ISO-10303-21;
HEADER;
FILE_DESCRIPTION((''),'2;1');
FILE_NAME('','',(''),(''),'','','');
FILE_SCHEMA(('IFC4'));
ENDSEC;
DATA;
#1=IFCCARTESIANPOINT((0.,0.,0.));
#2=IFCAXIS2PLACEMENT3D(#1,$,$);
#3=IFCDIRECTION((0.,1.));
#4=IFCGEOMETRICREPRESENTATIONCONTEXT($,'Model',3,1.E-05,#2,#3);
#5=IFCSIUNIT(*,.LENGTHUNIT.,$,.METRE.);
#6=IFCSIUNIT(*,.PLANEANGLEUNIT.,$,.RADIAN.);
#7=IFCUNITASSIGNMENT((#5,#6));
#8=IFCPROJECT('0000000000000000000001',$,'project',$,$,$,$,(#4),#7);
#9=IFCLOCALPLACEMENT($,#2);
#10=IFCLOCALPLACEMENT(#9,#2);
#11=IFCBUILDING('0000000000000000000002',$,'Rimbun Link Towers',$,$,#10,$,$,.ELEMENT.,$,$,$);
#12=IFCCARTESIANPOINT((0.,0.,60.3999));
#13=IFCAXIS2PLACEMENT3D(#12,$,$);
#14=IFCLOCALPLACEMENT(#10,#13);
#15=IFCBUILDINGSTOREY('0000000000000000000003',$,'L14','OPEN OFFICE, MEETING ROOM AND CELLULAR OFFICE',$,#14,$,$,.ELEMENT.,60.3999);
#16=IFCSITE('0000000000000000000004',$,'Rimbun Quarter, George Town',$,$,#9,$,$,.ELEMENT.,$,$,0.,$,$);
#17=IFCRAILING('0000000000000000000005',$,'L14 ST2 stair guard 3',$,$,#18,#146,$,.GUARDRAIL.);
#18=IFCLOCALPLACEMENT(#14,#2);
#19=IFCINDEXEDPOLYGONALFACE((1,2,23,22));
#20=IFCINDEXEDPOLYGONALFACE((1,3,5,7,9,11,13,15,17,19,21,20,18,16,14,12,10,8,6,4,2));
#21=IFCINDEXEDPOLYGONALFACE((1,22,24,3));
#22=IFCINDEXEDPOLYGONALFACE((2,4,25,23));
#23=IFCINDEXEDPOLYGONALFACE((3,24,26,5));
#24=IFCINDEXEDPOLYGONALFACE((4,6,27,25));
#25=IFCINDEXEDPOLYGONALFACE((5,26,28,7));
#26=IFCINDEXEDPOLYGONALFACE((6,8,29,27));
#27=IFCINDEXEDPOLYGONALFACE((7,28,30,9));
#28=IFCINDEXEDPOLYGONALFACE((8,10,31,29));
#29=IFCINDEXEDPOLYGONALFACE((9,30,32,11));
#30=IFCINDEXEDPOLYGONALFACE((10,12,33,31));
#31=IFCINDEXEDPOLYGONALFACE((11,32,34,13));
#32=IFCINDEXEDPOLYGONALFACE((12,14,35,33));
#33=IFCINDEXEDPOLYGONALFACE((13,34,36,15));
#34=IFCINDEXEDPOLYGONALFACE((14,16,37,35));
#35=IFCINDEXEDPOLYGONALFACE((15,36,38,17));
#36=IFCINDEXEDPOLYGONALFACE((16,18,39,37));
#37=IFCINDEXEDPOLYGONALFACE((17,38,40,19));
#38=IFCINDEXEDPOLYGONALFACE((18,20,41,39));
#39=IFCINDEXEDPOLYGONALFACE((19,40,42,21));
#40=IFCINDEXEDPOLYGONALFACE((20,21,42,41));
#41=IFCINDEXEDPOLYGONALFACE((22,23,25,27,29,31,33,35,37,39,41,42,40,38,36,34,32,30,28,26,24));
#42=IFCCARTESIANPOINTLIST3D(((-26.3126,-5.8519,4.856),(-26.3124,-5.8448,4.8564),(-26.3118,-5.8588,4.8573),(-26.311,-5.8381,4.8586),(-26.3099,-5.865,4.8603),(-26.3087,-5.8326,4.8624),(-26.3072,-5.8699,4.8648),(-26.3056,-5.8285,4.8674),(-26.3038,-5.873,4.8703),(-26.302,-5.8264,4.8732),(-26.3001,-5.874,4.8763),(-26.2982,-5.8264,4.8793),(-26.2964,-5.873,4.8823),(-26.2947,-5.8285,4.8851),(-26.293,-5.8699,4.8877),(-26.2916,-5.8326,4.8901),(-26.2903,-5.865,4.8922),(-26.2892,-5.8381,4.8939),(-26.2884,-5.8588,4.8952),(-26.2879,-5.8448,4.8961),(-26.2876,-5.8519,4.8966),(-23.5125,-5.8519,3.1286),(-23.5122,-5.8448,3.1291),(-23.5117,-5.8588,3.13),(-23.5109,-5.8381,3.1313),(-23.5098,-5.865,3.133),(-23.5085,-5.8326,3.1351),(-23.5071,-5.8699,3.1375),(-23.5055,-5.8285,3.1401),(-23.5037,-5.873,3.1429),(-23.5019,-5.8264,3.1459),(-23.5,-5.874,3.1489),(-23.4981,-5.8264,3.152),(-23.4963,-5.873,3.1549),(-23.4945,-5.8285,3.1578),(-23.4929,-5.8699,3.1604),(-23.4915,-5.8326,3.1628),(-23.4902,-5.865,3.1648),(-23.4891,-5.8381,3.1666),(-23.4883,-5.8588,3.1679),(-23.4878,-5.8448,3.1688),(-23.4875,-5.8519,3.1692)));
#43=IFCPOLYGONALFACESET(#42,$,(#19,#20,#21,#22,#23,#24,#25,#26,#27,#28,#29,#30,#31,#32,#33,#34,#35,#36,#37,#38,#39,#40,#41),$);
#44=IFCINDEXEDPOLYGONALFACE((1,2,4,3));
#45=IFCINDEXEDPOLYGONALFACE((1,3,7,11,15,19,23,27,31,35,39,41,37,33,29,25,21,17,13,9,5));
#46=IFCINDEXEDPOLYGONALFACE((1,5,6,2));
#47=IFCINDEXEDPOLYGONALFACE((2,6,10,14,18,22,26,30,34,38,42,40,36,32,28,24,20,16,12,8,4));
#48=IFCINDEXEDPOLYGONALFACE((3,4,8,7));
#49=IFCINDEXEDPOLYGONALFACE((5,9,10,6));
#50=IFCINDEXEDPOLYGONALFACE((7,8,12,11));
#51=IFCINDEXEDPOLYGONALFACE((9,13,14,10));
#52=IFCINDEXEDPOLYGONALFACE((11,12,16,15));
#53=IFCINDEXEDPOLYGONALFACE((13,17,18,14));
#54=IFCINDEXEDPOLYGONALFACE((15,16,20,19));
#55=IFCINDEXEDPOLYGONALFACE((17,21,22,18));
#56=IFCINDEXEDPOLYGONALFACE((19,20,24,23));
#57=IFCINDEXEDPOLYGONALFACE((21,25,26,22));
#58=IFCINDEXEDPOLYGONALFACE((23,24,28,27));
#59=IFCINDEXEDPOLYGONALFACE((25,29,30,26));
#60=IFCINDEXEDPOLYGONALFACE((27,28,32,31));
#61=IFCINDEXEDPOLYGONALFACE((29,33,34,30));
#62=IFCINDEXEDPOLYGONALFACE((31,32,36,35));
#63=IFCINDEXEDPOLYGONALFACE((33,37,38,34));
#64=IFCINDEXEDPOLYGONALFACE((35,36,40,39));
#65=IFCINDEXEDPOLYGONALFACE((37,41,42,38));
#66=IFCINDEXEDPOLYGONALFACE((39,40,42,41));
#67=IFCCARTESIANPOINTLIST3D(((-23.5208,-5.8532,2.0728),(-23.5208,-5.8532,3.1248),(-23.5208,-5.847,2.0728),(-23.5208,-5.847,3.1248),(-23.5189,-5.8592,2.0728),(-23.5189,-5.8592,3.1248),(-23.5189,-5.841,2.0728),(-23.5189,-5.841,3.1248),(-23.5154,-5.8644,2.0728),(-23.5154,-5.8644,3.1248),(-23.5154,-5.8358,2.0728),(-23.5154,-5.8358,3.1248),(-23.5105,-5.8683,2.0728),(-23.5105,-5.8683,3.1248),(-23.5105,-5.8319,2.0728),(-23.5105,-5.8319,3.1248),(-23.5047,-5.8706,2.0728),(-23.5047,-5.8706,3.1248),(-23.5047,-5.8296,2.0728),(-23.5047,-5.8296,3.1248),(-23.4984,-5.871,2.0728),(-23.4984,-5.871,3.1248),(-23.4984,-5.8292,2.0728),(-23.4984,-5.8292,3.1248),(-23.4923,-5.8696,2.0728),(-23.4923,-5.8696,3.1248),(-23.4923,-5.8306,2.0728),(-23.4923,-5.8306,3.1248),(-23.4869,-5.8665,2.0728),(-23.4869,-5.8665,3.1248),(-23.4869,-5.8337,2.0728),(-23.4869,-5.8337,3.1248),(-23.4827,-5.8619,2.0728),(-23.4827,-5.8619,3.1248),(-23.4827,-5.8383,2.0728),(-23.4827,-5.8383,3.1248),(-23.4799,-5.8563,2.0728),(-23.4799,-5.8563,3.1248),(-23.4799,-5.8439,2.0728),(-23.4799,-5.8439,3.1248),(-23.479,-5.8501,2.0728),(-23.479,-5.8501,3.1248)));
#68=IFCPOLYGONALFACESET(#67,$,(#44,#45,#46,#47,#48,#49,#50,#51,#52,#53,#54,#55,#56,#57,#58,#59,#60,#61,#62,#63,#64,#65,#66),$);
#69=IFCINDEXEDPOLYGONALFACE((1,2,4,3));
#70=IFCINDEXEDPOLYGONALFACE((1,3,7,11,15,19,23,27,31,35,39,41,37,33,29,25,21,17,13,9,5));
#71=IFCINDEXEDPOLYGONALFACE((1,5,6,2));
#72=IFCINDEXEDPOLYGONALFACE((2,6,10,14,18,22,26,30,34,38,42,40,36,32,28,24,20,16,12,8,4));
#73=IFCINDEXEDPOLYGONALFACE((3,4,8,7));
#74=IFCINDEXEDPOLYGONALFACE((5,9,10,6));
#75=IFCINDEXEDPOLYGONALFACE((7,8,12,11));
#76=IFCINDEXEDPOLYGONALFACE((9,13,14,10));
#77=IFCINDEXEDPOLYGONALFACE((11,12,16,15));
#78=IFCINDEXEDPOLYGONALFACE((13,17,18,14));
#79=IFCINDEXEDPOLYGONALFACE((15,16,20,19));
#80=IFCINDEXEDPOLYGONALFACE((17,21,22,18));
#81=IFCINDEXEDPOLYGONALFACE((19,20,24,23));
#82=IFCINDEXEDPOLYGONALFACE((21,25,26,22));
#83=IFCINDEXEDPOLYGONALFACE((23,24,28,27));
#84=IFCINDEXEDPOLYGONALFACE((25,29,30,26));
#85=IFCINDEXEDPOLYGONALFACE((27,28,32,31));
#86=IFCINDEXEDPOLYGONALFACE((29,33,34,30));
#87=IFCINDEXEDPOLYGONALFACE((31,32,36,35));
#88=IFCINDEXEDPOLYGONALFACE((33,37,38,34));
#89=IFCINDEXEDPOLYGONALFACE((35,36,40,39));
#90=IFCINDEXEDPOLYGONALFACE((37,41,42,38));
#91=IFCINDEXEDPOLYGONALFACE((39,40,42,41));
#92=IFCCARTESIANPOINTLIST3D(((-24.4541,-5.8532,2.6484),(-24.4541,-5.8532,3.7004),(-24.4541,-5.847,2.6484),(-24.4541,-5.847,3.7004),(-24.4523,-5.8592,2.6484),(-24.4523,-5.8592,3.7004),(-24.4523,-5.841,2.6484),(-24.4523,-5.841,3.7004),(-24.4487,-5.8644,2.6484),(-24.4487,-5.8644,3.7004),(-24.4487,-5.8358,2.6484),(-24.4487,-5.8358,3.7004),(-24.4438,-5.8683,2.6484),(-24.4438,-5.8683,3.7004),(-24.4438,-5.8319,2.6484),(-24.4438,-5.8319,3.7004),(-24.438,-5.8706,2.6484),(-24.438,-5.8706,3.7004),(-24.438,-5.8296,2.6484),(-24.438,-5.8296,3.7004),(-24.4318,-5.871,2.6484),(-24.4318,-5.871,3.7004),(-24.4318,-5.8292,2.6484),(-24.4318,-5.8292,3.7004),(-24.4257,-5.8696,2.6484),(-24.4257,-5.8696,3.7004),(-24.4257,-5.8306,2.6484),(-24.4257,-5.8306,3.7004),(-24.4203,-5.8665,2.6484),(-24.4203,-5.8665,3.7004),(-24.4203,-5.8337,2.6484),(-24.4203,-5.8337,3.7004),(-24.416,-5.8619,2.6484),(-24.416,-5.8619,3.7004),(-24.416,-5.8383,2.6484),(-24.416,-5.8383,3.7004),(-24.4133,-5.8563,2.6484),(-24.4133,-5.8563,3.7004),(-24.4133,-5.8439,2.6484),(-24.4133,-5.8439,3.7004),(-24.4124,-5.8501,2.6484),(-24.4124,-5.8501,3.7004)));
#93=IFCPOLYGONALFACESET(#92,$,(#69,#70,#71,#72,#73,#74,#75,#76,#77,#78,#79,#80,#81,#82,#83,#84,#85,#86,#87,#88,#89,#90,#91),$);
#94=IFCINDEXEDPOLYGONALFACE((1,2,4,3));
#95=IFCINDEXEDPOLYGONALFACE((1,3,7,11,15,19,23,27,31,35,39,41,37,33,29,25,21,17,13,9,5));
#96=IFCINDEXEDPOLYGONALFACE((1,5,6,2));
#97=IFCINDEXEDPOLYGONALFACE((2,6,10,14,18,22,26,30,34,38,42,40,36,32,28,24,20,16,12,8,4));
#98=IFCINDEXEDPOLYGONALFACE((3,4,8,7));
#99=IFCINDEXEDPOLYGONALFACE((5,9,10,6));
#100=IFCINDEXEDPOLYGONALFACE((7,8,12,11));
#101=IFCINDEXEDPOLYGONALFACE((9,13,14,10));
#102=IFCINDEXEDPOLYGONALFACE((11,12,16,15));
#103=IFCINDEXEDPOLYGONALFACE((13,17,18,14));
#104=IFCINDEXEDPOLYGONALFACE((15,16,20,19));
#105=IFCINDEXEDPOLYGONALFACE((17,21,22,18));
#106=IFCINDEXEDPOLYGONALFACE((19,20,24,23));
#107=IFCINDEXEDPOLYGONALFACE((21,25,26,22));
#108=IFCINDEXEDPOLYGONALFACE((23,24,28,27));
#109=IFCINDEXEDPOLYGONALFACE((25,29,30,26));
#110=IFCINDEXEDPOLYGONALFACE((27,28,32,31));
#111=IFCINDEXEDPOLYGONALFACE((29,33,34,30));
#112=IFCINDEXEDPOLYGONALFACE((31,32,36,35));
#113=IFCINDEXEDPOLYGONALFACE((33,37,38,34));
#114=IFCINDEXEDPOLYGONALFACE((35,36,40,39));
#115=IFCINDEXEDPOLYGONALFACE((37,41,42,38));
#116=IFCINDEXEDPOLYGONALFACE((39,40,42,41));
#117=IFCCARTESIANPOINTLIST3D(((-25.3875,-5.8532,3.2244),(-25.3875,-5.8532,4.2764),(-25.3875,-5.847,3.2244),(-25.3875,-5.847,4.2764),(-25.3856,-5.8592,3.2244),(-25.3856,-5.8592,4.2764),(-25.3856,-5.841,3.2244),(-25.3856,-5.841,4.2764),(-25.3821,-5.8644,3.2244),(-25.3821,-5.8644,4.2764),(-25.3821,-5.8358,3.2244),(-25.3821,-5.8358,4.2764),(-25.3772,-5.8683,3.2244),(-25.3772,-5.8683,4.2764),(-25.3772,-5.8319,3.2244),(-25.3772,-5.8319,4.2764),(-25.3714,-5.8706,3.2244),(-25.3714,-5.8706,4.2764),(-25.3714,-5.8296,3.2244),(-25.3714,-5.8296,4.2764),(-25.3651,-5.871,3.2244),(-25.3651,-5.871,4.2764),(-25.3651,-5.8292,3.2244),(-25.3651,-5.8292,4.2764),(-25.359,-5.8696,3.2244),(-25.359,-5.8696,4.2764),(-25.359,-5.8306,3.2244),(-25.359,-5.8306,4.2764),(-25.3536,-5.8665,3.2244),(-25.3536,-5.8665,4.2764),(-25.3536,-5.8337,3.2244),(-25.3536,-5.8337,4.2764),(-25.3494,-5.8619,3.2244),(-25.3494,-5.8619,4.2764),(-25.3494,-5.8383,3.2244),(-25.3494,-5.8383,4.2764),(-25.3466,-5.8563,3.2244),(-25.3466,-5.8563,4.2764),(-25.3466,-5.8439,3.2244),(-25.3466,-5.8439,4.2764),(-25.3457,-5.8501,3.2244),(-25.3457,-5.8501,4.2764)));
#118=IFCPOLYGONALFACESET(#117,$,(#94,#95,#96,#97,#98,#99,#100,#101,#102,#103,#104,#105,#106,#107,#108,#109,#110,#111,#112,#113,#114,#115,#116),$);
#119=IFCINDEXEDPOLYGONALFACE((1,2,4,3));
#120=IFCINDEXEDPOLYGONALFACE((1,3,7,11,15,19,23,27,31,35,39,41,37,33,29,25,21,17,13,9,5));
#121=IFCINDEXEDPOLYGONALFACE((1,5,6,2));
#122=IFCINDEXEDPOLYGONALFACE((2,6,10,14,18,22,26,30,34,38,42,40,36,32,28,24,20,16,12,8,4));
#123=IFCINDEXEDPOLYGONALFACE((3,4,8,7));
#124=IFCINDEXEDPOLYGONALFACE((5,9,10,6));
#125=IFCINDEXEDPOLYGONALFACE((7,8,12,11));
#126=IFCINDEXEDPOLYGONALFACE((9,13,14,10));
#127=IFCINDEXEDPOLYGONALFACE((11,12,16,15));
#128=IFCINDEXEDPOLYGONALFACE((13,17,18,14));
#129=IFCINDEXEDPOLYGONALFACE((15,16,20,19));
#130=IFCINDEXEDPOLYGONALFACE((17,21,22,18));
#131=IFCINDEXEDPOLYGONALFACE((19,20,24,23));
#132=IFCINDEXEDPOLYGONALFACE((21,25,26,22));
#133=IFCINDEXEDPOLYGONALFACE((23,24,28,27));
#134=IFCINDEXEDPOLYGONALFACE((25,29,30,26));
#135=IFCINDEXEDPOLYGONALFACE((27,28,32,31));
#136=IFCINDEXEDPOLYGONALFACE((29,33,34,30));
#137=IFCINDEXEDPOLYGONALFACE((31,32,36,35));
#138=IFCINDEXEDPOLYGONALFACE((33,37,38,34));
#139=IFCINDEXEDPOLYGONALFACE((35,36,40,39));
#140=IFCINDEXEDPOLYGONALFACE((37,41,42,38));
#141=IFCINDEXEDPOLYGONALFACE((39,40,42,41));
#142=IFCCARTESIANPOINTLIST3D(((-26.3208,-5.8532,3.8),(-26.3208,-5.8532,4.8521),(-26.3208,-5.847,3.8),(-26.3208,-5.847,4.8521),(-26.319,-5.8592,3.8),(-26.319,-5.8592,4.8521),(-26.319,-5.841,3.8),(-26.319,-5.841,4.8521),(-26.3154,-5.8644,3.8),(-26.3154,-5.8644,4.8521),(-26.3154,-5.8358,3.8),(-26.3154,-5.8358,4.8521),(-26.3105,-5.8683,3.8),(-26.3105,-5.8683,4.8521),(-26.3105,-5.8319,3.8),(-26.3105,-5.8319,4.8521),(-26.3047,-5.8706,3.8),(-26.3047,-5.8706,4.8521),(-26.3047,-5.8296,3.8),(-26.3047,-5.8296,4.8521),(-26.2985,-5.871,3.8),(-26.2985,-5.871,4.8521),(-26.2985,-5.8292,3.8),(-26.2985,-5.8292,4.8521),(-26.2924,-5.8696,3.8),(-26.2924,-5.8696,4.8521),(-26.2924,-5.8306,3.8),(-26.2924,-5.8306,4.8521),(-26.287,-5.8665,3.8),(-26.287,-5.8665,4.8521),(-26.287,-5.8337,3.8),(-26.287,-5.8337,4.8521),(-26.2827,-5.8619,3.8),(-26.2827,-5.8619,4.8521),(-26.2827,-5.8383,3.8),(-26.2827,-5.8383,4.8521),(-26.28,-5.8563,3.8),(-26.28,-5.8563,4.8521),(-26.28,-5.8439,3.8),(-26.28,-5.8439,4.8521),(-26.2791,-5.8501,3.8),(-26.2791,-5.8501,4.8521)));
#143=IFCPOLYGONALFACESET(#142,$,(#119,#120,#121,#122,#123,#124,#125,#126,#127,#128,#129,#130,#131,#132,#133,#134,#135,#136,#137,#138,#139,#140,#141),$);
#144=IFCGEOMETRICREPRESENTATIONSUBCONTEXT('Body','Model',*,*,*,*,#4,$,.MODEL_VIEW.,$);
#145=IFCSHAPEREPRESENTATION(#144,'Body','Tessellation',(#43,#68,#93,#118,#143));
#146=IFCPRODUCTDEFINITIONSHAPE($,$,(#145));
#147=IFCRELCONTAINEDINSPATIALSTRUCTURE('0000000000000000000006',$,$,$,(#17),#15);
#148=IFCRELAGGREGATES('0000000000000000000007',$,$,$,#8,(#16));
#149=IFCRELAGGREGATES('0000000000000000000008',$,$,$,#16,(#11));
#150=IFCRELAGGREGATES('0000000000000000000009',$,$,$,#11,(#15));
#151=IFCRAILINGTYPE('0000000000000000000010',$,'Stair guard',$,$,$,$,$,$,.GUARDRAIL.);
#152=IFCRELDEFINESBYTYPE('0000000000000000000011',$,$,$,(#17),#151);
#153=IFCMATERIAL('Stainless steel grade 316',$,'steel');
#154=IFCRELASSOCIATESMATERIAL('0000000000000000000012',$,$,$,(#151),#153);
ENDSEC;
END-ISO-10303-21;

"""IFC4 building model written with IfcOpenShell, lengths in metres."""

from ifc_helpers import new_model, si_unit, direction, frame, origin, origin_2d, place, context, subcontext, project, spatial, circle, extrude, material, type_object, element, save


model = new_model("IFC4")

# Units and contexts
model_context = context("Model", 3, precision=1e-05, world=origin(), true_north=direction((0.0, 1.0)))
body_context = subcontext(model_context, "Body", "Model", "MODEL_VIEW")
ifc_project = project(units=[si_unit("LENGTHUNIT", "METRE"), si_unit("PLANEANGLEUNIT", "RADIAN")], contexts=[model_context])

# Site, building, storey
site_placement = place(None, origin())
site = spatial("IfcSite", under=ifc_project, at=site_placement, Name="Rimbun Quarter, George Town", CompositionType="ELEMENT", RefElevation=0.0)
building_placement = place(site_placement, origin())
building = spatial("IfcBuilding", under=site, at=building_placement, Name="Rimbun Link Towers", CompositionType="ELEMENT")
storey_placement = place(building_placement, frame((0.0, 0.0, 60.3999)))
storey = spatial("IfcBuildingStorey", under=building, at=storey_placement, Name="L14", Description="OPEN OFFICE, MEETING ROOM AND CELLULAR OFFICE", CompositionType="ELEMENT", Elevation=60.3999)

# Railing
ifc_material_1 = material(Name="Stainless steel grade 316", Category="steel")
railing_type_1 = type_object("IfcRailingType", Name="Stair guard", PredefinedType="GUARDRAIL", material=ifc_material_1)
railing_1_placement = place(storey_placement, frame((-23.5, -5.8501, 2.0728)))
element("IfcRailing", 1, at=railing_1_placement, inside=storey, type_object=railing_type_1, Name="L14 ST2 stair guard 3", PredefinedType="GUARDRAIL", context=body_context, shape_type="SweptSolid", body=[
    extrude(circle(Radius=0.0239, at=origin_2d()), frame((0.0, 0.0, 1.0762), z_axis=(-0.85109, 0.0, 0.52502), x_axis=(0.0, -1.0, 0.0)), (0.0, 0.0, 1.0), 3.29),
    extrude(circle(Radius=0.021, at=origin_2d()), origin(), (0.0, 0.0, 1.0), 1.052),
    extrude(circle(Radius=0.021, at=origin_2d()), frame((-0.9333, 0.0, 0.5757)), (0.0, 0.0, 1.0), 1.052),
    extrude(circle(Radius=0.021, at=origin_2d()), frame((-1.8667, 0.0, 1.1516)), (0.0, 0.0, 1.0), 1.052),
    extrude(circle(Radius=0.021, at=origin_2d()), frame((-2.8, 0.0, 1.7273)), (0.0, 0.0, 1.0), 1.052),
])

save(model, "model.ifc")
